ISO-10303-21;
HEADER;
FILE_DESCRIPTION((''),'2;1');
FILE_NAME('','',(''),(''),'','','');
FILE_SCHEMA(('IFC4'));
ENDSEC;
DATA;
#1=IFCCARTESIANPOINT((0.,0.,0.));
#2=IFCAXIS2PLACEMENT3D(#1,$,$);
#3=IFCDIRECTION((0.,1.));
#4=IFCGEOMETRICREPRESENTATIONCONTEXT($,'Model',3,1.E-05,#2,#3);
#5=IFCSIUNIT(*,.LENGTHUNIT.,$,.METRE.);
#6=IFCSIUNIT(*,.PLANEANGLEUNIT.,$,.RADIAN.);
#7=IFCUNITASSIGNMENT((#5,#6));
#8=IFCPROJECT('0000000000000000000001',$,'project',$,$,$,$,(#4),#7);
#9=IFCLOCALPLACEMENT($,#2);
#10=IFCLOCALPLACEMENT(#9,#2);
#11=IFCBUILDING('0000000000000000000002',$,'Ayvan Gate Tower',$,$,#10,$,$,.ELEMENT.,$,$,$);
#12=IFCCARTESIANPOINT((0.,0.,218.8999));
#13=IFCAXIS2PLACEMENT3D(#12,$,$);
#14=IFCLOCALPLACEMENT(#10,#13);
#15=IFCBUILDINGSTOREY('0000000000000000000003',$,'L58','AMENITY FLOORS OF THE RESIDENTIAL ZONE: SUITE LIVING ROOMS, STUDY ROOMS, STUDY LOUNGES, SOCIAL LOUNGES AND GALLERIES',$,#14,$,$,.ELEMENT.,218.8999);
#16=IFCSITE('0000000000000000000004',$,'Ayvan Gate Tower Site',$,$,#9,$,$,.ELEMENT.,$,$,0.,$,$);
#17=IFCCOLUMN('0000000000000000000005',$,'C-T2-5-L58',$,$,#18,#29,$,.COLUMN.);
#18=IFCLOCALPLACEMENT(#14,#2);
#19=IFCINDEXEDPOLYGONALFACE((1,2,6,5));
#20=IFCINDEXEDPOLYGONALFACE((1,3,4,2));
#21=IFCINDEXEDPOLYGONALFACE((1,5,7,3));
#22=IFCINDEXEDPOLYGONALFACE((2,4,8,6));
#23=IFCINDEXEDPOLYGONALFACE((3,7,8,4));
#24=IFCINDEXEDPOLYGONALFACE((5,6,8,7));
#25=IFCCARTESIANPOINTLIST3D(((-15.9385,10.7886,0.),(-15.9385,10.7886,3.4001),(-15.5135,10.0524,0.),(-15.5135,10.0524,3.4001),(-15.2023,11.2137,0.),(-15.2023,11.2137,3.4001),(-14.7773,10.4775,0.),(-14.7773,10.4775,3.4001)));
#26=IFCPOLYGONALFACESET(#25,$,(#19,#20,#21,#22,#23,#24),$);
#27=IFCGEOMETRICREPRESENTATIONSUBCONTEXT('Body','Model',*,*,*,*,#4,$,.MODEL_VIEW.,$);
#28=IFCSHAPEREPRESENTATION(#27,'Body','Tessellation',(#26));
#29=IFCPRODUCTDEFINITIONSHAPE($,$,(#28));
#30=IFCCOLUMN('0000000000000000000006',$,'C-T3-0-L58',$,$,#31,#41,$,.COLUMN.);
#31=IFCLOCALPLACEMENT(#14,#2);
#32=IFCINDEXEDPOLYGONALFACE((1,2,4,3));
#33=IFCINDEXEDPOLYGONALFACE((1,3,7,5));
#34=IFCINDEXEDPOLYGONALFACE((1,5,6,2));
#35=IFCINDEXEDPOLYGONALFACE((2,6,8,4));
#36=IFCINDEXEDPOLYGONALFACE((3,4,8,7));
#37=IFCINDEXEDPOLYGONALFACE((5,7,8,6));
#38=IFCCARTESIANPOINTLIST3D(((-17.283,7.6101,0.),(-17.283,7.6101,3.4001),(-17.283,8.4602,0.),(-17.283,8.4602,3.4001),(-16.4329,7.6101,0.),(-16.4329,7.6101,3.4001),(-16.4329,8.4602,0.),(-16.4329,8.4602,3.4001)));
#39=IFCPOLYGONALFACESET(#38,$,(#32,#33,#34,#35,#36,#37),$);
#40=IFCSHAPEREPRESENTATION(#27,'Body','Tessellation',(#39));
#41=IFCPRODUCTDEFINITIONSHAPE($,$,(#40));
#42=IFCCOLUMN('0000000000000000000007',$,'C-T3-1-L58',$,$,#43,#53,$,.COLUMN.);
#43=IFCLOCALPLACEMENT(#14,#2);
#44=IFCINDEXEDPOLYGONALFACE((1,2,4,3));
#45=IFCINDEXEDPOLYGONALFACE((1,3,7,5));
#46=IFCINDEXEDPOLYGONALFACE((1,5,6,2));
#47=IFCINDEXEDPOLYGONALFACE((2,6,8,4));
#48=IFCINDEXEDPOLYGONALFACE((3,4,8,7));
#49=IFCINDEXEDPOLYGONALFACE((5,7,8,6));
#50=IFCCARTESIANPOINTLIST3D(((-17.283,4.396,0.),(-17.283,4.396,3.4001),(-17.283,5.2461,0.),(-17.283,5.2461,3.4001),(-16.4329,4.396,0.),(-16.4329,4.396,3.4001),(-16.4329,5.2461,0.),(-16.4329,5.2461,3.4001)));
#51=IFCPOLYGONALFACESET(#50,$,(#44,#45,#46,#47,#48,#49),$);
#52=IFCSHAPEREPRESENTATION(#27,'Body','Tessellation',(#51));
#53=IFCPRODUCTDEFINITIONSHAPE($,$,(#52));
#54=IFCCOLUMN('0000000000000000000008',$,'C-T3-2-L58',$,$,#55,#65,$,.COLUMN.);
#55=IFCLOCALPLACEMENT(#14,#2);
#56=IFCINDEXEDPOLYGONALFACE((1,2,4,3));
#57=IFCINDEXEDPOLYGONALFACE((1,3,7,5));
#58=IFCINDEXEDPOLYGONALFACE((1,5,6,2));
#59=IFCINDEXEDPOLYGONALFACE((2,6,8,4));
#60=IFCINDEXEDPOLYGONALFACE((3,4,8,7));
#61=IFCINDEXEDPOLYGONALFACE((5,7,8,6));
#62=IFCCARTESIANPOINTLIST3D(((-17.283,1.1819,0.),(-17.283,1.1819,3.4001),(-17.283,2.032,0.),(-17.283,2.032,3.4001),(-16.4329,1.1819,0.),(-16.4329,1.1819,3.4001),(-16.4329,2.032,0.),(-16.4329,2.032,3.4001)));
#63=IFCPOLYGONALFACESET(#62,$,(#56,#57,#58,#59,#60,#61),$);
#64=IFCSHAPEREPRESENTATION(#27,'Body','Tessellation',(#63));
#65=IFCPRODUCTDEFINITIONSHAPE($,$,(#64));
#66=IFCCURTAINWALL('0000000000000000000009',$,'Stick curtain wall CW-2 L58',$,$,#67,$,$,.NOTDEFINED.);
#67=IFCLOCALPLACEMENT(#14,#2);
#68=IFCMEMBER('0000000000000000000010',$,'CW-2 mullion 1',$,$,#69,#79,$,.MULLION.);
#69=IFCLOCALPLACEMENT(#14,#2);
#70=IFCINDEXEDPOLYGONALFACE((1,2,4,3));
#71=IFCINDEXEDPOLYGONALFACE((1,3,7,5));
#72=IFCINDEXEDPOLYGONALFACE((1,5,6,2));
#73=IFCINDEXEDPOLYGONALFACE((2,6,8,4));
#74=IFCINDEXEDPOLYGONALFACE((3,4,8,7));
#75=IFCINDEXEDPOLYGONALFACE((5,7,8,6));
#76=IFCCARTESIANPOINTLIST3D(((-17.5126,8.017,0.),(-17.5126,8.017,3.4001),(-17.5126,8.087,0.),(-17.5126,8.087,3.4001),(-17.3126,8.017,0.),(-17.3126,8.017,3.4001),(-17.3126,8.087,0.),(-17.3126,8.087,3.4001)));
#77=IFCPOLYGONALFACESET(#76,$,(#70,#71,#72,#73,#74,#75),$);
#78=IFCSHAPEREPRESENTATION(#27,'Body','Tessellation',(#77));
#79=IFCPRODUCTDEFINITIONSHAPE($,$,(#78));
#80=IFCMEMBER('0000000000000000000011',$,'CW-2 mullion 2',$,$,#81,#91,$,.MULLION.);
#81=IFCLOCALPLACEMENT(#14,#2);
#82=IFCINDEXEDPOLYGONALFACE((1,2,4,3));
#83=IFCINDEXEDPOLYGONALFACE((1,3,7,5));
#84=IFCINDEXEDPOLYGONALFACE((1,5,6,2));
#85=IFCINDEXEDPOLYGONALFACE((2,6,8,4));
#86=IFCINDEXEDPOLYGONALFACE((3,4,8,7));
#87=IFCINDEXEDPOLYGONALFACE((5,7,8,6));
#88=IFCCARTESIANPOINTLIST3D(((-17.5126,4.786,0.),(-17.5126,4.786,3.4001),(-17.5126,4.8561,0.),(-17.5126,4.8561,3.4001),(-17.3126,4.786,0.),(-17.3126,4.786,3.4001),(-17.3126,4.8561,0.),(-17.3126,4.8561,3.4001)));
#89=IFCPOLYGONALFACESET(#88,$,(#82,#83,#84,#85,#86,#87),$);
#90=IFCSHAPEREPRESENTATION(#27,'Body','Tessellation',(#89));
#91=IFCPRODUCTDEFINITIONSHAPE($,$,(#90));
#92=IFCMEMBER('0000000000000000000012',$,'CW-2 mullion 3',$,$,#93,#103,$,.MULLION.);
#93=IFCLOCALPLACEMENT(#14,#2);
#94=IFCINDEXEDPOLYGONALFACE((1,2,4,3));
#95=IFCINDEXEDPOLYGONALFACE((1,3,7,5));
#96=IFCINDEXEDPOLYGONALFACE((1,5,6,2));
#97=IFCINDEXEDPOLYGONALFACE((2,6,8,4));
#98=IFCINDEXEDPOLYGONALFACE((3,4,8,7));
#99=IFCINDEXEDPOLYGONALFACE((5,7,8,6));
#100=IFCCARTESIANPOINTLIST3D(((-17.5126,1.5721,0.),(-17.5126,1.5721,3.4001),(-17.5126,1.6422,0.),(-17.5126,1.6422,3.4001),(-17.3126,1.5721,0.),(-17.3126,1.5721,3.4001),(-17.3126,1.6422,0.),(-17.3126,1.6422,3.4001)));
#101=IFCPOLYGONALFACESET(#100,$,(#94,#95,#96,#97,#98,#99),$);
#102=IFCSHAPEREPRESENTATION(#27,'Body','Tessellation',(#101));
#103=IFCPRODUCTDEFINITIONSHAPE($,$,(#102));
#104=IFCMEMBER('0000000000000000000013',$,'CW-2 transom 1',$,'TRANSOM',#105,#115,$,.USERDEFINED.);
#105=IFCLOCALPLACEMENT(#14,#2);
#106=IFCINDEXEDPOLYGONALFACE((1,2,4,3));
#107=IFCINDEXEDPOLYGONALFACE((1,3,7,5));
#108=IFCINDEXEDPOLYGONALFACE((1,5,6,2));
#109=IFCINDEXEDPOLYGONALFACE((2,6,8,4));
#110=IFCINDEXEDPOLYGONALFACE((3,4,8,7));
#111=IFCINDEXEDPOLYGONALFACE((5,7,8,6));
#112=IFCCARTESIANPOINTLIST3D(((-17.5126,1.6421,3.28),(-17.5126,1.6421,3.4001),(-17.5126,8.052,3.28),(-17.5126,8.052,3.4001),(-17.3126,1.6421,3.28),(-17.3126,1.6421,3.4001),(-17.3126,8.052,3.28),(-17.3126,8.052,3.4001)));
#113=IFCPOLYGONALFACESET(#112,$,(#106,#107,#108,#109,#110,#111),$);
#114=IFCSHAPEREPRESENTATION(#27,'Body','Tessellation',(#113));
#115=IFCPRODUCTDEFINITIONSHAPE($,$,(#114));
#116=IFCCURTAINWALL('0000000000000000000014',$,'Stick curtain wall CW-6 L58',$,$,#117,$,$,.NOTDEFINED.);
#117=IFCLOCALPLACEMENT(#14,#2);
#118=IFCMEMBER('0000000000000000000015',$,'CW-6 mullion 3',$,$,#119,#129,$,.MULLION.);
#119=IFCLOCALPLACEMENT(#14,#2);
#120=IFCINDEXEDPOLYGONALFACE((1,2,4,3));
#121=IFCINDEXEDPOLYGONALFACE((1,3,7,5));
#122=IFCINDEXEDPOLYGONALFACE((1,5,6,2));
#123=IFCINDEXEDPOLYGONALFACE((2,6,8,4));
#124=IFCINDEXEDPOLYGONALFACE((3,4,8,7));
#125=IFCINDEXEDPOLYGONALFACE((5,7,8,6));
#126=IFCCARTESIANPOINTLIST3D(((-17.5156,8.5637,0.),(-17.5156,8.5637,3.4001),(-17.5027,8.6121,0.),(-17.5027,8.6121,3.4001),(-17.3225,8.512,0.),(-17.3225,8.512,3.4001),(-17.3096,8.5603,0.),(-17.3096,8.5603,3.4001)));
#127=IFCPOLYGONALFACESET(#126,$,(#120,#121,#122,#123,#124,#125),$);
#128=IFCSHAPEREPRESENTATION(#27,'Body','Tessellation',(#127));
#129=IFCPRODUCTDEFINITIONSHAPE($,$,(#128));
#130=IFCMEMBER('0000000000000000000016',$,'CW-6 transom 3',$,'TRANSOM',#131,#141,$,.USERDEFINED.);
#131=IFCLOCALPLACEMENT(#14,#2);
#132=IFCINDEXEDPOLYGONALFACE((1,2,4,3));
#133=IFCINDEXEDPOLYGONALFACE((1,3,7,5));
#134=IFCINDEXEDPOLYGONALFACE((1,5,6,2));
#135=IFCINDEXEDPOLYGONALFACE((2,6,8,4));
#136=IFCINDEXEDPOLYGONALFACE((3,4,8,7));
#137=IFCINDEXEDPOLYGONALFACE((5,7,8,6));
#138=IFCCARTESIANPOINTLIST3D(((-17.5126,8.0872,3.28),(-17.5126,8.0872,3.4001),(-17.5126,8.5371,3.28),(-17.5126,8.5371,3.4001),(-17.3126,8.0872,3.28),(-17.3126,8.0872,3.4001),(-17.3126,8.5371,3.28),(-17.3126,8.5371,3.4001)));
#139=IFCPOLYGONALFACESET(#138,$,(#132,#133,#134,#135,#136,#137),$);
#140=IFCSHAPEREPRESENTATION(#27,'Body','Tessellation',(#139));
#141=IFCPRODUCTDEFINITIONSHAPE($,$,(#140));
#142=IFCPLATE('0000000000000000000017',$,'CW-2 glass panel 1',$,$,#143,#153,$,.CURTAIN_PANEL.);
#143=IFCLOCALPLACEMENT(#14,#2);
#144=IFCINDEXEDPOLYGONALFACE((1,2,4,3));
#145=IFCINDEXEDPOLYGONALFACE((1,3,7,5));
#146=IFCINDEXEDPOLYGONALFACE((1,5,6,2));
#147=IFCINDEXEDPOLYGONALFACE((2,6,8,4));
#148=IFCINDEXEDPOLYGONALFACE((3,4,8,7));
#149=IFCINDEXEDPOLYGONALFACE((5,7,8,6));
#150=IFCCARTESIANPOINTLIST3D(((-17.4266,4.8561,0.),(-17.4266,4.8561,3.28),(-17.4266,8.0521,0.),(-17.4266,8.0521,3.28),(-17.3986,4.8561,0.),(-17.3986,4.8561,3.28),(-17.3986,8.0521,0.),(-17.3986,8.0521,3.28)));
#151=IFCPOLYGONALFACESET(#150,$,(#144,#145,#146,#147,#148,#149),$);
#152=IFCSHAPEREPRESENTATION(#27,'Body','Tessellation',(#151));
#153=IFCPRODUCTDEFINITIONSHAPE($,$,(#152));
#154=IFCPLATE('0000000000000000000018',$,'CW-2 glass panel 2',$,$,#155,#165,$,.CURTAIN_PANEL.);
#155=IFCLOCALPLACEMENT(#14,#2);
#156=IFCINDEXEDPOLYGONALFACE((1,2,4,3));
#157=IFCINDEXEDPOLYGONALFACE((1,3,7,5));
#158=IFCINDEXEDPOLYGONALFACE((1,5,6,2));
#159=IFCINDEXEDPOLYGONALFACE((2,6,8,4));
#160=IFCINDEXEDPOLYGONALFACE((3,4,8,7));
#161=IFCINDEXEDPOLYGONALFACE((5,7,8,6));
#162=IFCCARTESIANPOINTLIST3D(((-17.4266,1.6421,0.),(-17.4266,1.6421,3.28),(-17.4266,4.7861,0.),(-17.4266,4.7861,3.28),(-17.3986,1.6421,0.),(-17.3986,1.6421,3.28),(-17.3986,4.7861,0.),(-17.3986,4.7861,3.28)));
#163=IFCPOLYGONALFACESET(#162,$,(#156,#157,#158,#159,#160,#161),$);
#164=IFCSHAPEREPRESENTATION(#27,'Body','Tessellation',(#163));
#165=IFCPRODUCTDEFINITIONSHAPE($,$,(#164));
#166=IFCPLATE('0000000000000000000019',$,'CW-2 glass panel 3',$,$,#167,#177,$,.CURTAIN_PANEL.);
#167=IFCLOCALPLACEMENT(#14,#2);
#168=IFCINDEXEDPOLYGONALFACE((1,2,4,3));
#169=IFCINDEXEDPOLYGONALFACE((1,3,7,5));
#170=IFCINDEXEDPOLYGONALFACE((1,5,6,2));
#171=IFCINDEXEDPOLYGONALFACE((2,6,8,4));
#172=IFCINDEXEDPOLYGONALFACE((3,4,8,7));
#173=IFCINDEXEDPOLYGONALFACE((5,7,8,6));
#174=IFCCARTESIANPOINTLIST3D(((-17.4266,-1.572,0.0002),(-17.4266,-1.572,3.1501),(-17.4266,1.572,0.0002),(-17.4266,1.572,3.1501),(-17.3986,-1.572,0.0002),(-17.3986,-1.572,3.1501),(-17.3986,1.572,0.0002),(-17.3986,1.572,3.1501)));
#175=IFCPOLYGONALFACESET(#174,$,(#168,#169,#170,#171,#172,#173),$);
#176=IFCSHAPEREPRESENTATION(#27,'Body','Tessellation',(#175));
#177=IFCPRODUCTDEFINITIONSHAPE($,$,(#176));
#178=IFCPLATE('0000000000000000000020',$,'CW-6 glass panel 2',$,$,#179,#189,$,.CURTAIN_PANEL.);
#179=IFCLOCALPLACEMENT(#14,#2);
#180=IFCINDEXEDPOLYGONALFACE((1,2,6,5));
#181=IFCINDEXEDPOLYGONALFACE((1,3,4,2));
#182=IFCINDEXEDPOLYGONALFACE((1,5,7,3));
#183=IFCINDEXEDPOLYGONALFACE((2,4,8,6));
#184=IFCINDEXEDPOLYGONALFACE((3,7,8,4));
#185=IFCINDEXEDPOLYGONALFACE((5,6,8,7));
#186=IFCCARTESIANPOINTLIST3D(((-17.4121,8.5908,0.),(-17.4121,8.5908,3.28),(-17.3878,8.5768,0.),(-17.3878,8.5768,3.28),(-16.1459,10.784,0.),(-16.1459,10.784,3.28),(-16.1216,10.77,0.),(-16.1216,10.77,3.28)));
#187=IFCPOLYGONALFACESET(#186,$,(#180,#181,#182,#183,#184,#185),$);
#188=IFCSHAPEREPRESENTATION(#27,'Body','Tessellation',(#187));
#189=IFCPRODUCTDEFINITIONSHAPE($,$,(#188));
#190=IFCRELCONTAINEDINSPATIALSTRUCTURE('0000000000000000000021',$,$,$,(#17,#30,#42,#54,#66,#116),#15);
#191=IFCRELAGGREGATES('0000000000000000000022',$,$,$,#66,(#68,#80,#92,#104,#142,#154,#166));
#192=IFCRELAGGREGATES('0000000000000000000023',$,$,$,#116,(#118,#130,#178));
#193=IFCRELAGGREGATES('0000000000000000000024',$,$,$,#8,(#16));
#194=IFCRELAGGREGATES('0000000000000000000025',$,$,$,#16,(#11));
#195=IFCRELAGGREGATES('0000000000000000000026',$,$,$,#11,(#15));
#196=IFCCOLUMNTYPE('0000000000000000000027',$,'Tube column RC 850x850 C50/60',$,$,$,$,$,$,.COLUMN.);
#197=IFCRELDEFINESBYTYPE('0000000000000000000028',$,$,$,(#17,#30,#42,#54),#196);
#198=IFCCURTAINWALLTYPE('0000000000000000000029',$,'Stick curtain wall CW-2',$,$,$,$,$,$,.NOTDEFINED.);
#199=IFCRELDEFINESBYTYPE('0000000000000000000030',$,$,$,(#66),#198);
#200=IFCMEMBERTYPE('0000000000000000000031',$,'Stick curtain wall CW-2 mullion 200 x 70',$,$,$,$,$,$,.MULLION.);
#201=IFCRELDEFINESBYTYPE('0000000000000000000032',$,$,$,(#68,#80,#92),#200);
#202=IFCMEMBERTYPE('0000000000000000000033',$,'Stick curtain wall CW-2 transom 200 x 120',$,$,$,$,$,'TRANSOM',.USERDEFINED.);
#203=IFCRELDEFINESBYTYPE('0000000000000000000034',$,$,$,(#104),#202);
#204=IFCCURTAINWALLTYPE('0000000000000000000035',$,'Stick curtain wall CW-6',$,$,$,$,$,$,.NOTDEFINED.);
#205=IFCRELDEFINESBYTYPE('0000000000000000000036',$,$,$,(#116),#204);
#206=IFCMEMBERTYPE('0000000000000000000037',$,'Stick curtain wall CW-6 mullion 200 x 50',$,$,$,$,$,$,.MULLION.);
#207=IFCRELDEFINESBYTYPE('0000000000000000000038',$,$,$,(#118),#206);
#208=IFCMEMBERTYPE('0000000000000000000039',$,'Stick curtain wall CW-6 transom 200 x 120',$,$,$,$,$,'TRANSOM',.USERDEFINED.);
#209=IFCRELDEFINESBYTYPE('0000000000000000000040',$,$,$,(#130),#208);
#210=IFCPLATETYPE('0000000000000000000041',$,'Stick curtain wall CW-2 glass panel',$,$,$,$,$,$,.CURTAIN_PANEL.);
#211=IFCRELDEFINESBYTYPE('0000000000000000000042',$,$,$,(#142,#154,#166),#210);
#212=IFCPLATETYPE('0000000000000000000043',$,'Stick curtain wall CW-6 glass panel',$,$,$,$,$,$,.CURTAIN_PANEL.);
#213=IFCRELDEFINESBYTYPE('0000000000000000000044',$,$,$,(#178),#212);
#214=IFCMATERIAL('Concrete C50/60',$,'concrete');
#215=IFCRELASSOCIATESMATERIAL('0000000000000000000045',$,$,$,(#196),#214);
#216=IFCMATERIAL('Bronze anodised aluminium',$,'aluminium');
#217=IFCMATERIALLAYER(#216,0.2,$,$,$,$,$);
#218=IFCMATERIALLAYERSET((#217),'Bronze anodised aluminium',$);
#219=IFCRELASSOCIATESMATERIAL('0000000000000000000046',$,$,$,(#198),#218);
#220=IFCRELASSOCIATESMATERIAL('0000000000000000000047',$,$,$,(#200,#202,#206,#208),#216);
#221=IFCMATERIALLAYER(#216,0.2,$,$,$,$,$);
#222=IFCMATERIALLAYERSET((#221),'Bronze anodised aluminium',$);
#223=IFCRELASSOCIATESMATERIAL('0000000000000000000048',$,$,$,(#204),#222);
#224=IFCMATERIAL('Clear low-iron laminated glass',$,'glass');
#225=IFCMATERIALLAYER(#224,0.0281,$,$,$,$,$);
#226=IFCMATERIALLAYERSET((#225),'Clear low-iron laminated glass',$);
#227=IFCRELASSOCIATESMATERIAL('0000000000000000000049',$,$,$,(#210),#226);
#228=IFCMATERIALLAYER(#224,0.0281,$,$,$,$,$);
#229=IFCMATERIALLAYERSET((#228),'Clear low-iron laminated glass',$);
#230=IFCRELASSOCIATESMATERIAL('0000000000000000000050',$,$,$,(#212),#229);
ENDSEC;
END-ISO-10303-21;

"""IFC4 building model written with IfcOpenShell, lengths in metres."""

from ifc_helpers import new_model, si_unit, direction, frame, origin, origin_2d, place, context, subcontext, project, spatial, rectangle, extrude, material, layer, layer_set, material_profile, profile_set, type_object, element, aggregate, save


model = new_model("IFC4")

# Units and contexts
model_context = context("Model", 3, precision=1e-05, world=origin(), true_north=direction((0.0, 1.0)))
body_context = subcontext(model_context, "Body", "Model", "MODEL_VIEW")
ifc_project = project(units=[si_unit("LENGTHUNIT", "METRE"), si_unit("PLANEANGLEUNIT", "RADIAN")], contexts=[model_context])

# Site, building, storey
site_placement = place(None, origin())
site = spatial("IfcSite", under=ifc_project, at=site_placement, Name="Ayvan Gate Tower Site", CompositionType="ELEMENT", RefElevation=0.0)
building_placement = place(site_placement, origin())
building = spatial("IfcBuilding", under=site, at=building_placement, Name="Ayvan Gate Tower", CompositionType="ELEMENT")
storey_placement = place(building_placement, frame((0.0, 0.0, 218.8999)))
storey = spatial("IfcBuildingStorey", under=building, at=storey_placement, Name="L58", Description="AMENITY FLOORS OF THE RESIDENTIAL ZONE: SUITE LIVING ROOMS, STUDY ROOMS, STUDY LOUNGES, SOCIAL LOUNGES AND GALLERIES", CompositionType="ELEMENT", Elevation=218.8999)

# Columns
ifc_material_1 = material(Name="Concrete C50/60", Category="concrete")
ifc_material_profile_1 = material_profile(ifc_material_1, rectangle(XDim=0.8501, YDim=0.8501, at=origin_2d()), Name="RC 850x850")
ifc_profile_set_1 = profile_set([ifc_material_profile_1], Name="Concrete C50/60")
column_type = type_object("IfcColumnType", Name="Tube column RC 850x850 C50/60", PredefinedType="COLUMN", material=ifc_profile_set_1)
for number, where, z_axis, x_axis, name in (
    (1, (-15.3579, 10.6331, 0.0), (0.0, 0.0, 1.0), (-0.5, 0.866025, 0.0), "C-T2-5-L58"),
    (2, (-16.8579, 8.0352, 0.0), (0.0, 0.0, 1.0), (-1.0, 0.0, 0.0), "C-T3-0-L58"),
    (3, (-16.8579, 4.821, 0.0), (0.0, 0.0, 1.0), (-1.0, 0.0, 0.0), "C-T3-1-L58"),
    (4, (-16.8579, 1.6069, 0.0), (0.0, 0.0, 1.0), (-1.0, 0.0, 0.0), "C-T3-2-L58"),
):
    element("IfcColumn", number, at=place(storey_placement, frame(where, z_axis=z_axis, x_axis=x_axis)), inside=storey, type_object=column_type, Name=name, PredefinedType="COLUMN", context=body_context, shape_type="SweptSolid", body=[
        extrude(rectangle(XDim=0.8501, YDim=0.8501, at=origin_2d()), origin(), (0.0, 0.0, 1.0), 3.4001),
    ])

# Curtain walls, members
ifc_material_2 = material(Name="Bronze anodised aluminium", Category="aluminium")
ifc_layer_1 = layer(ifc_material_2, 0.2)
ifc_layer_set_1 = layer_set([ifc_layer_1], Name="Bronze anodised aluminium")
curtain_wall_type_1 = type_object("IfcCurtainWallType", Name="Stick curtain wall CW-2", PredefinedType="NOTDEFINED", material=ifc_layer_set_1)
curtain_wall_1_placement = place(storey_placement, origin())
curtain_wall_1 = element("IfcCurtainWall", 5, at=curtain_wall_1_placement, inside=storey, type_object=curtain_wall_type_1, Name="Stick curtain wall CW-2 L58", PredefinedType="NOTDEFINED")
ifc_material_profile_2 = material_profile(ifc_material_2, rectangle(XDim=0.2, YDim=0.0701, at=origin_2d()), Name="Stick curtain wall CW-2 mullion 200 x 70")
ifc_profile_set_2 = profile_set([ifc_material_profile_2], Name="Bronze anodised aluminium")
member_type_1 = type_object("IfcMemberType", Name="Stick curtain wall CW-2 mullion 200 x 70", PredefinedType="MULLION", material=ifc_profile_set_2)
member_1_placement = place(storey_placement, frame((-17.4126, 8.052, 0.0), z_axis=(0.0, 0.0, 1.0), x_axis=(-1.0, 0.0, 0.0)))
member_1 = element("IfcMember", 6, at=member_1_placement, type_object=member_type_1, Name="CW-2 mullion 1", PredefinedType="MULLION", context=body_context, shape_type="SweptSolid", body=[
    extrude(rectangle(XDim=0.2, YDim=0.0701, at=origin_2d()), origin(), (0.0, 0.0, 1.0), 3.4001),
])
member_2_placement = place(storey_placement, frame((-17.4126, 4.821, 0.0), z_axis=(0.0, 0.0, 1.0), x_axis=(-1.0, 0.0, 0.0)))
member_2 = element("IfcMember", 7, at=member_2_placement, type_object=member_type_1, Name="CW-2 mullion 2", PredefinedType="MULLION", context=body_context, shape_type="SweptSolid", body=[
    extrude(rectangle(XDim=0.2, YDim=0.0701, at=origin_2d()), origin(), (0.0, 0.0, 1.0), 3.4001),
])
member_3_placement = place(storey_placement, frame((-17.4126, 1.6072, 0.0), z_axis=(0.0, 0.0, 1.0), x_axis=(-1.0, 0.0, 0.0)))
member_3 = element("IfcMember", 8, at=member_3_placement, type_object=member_type_1, Name="CW-2 mullion 3", PredefinedType="MULLION", context=body_context, shape_type="SweptSolid", body=[
    extrude(rectangle(XDim=0.2, YDim=0.0701, at=origin_2d()), origin(), (0.0, 0.0, 1.0), 3.4001),
])
ifc_material_profile_3 = material_profile(ifc_material_2, rectangle(XDim=0.2, YDim=0.1201, at=origin_2d()), Name="Stick curtain wall CW-2 transom 200 x 120")
ifc_profile_set_3 = profile_set([ifc_material_profile_3], Name="Bronze anodised aluminium")
member_type_2 = type_object("IfcMemberType", Name="Stick curtain wall CW-2 transom 200 x 120", ElementType="TRANSOM", PredefinedType="USERDEFINED", material=ifc_profile_set_3)
member_4_placement = place(storey_placement, frame((-17.4126, 8.052, 3.3401), z_axis=(0.0, -1.0, 0.0), x_axis=(1.0, 0.0, 0.0)))
member_4 = element("IfcMember", 9, at=member_4_placement, type_object=member_type_2, Name="CW-2 transom 1", ObjectType="TRANSOM", PredefinedType="USERDEFINED", context=body_context, shape_type="SweptSolid", body=[
    extrude(rectangle(XDim=0.2, YDim=0.1201, at=origin_2d()), origin(), (0.0, 0.0, 1.0), 6.4099),
])
ifc_layer_2 = layer(ifc_material_2, 0.2)
ifc_layer_set_2 = layer_set([ifc_layer_2], Name="Bronze anodised aluminium")
curtain_wall_type_2 = type_object("IfcCurtainWallType", Name="Stick curtain wall CW-6", PredefinedType="NOTDEFINED", material=ifc_layer_set_2)
curtain_wall_2_placement = place(storey_placement, origin())
curtain_wall_2 = element("IfcCurtainWall", 10, at=curtain_wall_2_placement, inside=storey, type_object=curtain_wall_type_2, Name="Stick curtain wall CW-6 L58", PredefinedType="NOTDEFINED")
ifc_material_profile_4 = material_profile(ifc_material_2, rectangle(XDim=0.2, YDim=0.05, at=origin_2d()), Name="Stick curtain wall CW-6 mullion 200 x 50")
ifc_profile_set_4 = profile_set([ifc_material_profile_4], Name="Bronze anodised aluminium")
member_type_3 = type_object("IfcMemberType", Name="Stick curtain wall CW-6 mullion 200 x 50", PredefinedType="MULLION", material=ifc_profile_set_4)
member_5_placement = place(storey_placement, frame((-17.4126, 8.562, 0.0), z_axis=(0.0, 0.0, 1.0), x_axis=(-0.965926, 0.258819, 0.0)))
member_5 = element("IfcMember", 11, at=member_5_placement, type_object=member_type_3, Name="CW-6 mullion 3", PredefinedType="MULLION", context=body_context, shape_type="SweptSolid", body=[
    extrude(rectangle(XDim=0.2, YDim=0.05, at=origin_2d()), origin(), (0.0, 0.0, 1.0), 3.4001),
])
ifc_material_profile_5 = material_profile(ifc_material_2, rectangle(XDim=0.2, YDim=0.1201, at=origin_2d()), Name="Stick curtain wall CW-6 transom 200 x 120")
ifc_profile_set_5 = profile_set([ifc_material_profile_5], Name="Bronze anodised aluminium")
member_type_4 = type_object("IfcMemberType", Name="Stick curtain wall CW-6 transom 200 x 120", ElementType="TRANSOM", PredefinedType="USERDEFINED", material=ifc_profile_set_5)
member_6_placement = place(storey_placement, frame((-17.4126, 8.5371, 3.3401), z_axis=(0.0, -1.0, 0.0), x_axis=(1.0, 0.0, 0.0)))
member_6 = element("IfcMember", 12, at=member_6_placement, type_object=member_type_4, Name="CW-6 transom 3", ObjectType="TRANSOM", PredefinedType="USERDEFINED", context=body_context, shape_type="SweptSolid", body=[
    extrude(rectangle(XDim=0.2, YDim=0.1201, at=origin_2d()), origin(), (0.0, 0.0, 1.0), 0.45),
])

# Plates
ifc_material_3 = material(Name="Clear low-iron laminated glass", Category="glass")
ifc_layer_3 = layer(ifc_material_3, 0.0281)
ifc_layer_set_3 = layer_set([ifc_layer_3], Name="Clear low-iron laminated glass")
plate_type_1 = type_object("IfcPlateType", Name="Stick curtain wall CW-2 glass panel", PredefinedType="CURTAIN_PANEL", material=ifc_layer_set_3)
plate_1_placement = place(storey_placement, frame((-17.4126, 6.4541, 0.0), z_axis=(0.0, 0.0, 1.0), x_axis=(0.0, -1.0, 0.0)))
plate_1 = element("IfcPlate", 13, at=plate_1_placement, type_object=plate_type_1, Name="CW-2 glass panel 1", PredefinedType="CURTAIN_PANEL", context=body_context, shape_type="SweptSolid", body=[
    extrude(rectangle(XDim=3.196, YDim=0.0281, at=origin_2d()), origin(), (0.0, 0.0, 1.0), 3.28),
])
plate_2_placement = place(storey_placement, frame((-17.4126, 3.2141, 0.0), z_axis=(0.0, 0.0, 1.0), x_axis=(0.0, -1.0, 0.0)))
plate_2 = element("IfcPlate", 14, at=plate_2_placement, type_object=plate_type_1, Name="CW-2 glass panel 2", PredefinedType="CURTAIN_PANEL", context=body_context, shape_type="SweptSolid", body=[
    extrude(rectangle(XDim=3.144, YDim=0.0281, at=origin_2d()), origin(), (0.0, 0.0, 1.0), 3.28),
])
plate_3_placement = place(storey_placement, frame((-17.4126, 0.0, 0.0002), z_axis=(0.0, 0.0, 1.0), x_axis=(0.0, -1.0, 0.0)))
plate_3 = element("IfcPlate", 15, at=plate_3_placement, type_object=plate_type_1, Name="CW-2 glass panel 3", PredefinedType="CURTAIN_PANEL", context=body_context, shape_type="SweptSolid", body=[
    extrude(rectangle(XDim=3.144, YDim=0.0281, at=origin_2d()), origin(), (0.0, 0.0, 1.0), 3.1499),
])
aggregate(curtain_wall_1, [member_1, member_2, member_3, member_4, plate_1, plate_2, plate_3])
ifc_layer_4 = layer(ifc_material_3, 0.0281)
ifc_layer_set_4 = layer_set([ifc_layer_4], Name="Clear low-iron laminated glass")
plate_type_2 = type_object("IfcPlateType", Name="Stick curtain wall CW-6 glass panel", PredefinedType="CURTAIN_PANEL", material=ifc_layer_set_4)
plate_4_placement = place(storey_placement, frame((-16.7668, 9.6804, 0.0), z_axis=(0.0, 0.0, 1.0), x_axis=(-0.5, -0.866025, 0.0)))
plate_4 = element("IfcPlate", 16, at=plate_4_placement, type_object=plate_type_2, Name="CW-6 glass panel 2", PredefinedType="CURTAIN_PANEL", context=body_context, shape_type="SweptSolid", body=[
    extrude(rectangle(XDim=2.5325, YDim=0.0281, at=origin_2d()), origin(), (0.0, 0.0, 1.0), 3.28),
])
aggregate(curtain_wall_2, [member_5, member_6, plate_4])

save(model, "model.ifc")
